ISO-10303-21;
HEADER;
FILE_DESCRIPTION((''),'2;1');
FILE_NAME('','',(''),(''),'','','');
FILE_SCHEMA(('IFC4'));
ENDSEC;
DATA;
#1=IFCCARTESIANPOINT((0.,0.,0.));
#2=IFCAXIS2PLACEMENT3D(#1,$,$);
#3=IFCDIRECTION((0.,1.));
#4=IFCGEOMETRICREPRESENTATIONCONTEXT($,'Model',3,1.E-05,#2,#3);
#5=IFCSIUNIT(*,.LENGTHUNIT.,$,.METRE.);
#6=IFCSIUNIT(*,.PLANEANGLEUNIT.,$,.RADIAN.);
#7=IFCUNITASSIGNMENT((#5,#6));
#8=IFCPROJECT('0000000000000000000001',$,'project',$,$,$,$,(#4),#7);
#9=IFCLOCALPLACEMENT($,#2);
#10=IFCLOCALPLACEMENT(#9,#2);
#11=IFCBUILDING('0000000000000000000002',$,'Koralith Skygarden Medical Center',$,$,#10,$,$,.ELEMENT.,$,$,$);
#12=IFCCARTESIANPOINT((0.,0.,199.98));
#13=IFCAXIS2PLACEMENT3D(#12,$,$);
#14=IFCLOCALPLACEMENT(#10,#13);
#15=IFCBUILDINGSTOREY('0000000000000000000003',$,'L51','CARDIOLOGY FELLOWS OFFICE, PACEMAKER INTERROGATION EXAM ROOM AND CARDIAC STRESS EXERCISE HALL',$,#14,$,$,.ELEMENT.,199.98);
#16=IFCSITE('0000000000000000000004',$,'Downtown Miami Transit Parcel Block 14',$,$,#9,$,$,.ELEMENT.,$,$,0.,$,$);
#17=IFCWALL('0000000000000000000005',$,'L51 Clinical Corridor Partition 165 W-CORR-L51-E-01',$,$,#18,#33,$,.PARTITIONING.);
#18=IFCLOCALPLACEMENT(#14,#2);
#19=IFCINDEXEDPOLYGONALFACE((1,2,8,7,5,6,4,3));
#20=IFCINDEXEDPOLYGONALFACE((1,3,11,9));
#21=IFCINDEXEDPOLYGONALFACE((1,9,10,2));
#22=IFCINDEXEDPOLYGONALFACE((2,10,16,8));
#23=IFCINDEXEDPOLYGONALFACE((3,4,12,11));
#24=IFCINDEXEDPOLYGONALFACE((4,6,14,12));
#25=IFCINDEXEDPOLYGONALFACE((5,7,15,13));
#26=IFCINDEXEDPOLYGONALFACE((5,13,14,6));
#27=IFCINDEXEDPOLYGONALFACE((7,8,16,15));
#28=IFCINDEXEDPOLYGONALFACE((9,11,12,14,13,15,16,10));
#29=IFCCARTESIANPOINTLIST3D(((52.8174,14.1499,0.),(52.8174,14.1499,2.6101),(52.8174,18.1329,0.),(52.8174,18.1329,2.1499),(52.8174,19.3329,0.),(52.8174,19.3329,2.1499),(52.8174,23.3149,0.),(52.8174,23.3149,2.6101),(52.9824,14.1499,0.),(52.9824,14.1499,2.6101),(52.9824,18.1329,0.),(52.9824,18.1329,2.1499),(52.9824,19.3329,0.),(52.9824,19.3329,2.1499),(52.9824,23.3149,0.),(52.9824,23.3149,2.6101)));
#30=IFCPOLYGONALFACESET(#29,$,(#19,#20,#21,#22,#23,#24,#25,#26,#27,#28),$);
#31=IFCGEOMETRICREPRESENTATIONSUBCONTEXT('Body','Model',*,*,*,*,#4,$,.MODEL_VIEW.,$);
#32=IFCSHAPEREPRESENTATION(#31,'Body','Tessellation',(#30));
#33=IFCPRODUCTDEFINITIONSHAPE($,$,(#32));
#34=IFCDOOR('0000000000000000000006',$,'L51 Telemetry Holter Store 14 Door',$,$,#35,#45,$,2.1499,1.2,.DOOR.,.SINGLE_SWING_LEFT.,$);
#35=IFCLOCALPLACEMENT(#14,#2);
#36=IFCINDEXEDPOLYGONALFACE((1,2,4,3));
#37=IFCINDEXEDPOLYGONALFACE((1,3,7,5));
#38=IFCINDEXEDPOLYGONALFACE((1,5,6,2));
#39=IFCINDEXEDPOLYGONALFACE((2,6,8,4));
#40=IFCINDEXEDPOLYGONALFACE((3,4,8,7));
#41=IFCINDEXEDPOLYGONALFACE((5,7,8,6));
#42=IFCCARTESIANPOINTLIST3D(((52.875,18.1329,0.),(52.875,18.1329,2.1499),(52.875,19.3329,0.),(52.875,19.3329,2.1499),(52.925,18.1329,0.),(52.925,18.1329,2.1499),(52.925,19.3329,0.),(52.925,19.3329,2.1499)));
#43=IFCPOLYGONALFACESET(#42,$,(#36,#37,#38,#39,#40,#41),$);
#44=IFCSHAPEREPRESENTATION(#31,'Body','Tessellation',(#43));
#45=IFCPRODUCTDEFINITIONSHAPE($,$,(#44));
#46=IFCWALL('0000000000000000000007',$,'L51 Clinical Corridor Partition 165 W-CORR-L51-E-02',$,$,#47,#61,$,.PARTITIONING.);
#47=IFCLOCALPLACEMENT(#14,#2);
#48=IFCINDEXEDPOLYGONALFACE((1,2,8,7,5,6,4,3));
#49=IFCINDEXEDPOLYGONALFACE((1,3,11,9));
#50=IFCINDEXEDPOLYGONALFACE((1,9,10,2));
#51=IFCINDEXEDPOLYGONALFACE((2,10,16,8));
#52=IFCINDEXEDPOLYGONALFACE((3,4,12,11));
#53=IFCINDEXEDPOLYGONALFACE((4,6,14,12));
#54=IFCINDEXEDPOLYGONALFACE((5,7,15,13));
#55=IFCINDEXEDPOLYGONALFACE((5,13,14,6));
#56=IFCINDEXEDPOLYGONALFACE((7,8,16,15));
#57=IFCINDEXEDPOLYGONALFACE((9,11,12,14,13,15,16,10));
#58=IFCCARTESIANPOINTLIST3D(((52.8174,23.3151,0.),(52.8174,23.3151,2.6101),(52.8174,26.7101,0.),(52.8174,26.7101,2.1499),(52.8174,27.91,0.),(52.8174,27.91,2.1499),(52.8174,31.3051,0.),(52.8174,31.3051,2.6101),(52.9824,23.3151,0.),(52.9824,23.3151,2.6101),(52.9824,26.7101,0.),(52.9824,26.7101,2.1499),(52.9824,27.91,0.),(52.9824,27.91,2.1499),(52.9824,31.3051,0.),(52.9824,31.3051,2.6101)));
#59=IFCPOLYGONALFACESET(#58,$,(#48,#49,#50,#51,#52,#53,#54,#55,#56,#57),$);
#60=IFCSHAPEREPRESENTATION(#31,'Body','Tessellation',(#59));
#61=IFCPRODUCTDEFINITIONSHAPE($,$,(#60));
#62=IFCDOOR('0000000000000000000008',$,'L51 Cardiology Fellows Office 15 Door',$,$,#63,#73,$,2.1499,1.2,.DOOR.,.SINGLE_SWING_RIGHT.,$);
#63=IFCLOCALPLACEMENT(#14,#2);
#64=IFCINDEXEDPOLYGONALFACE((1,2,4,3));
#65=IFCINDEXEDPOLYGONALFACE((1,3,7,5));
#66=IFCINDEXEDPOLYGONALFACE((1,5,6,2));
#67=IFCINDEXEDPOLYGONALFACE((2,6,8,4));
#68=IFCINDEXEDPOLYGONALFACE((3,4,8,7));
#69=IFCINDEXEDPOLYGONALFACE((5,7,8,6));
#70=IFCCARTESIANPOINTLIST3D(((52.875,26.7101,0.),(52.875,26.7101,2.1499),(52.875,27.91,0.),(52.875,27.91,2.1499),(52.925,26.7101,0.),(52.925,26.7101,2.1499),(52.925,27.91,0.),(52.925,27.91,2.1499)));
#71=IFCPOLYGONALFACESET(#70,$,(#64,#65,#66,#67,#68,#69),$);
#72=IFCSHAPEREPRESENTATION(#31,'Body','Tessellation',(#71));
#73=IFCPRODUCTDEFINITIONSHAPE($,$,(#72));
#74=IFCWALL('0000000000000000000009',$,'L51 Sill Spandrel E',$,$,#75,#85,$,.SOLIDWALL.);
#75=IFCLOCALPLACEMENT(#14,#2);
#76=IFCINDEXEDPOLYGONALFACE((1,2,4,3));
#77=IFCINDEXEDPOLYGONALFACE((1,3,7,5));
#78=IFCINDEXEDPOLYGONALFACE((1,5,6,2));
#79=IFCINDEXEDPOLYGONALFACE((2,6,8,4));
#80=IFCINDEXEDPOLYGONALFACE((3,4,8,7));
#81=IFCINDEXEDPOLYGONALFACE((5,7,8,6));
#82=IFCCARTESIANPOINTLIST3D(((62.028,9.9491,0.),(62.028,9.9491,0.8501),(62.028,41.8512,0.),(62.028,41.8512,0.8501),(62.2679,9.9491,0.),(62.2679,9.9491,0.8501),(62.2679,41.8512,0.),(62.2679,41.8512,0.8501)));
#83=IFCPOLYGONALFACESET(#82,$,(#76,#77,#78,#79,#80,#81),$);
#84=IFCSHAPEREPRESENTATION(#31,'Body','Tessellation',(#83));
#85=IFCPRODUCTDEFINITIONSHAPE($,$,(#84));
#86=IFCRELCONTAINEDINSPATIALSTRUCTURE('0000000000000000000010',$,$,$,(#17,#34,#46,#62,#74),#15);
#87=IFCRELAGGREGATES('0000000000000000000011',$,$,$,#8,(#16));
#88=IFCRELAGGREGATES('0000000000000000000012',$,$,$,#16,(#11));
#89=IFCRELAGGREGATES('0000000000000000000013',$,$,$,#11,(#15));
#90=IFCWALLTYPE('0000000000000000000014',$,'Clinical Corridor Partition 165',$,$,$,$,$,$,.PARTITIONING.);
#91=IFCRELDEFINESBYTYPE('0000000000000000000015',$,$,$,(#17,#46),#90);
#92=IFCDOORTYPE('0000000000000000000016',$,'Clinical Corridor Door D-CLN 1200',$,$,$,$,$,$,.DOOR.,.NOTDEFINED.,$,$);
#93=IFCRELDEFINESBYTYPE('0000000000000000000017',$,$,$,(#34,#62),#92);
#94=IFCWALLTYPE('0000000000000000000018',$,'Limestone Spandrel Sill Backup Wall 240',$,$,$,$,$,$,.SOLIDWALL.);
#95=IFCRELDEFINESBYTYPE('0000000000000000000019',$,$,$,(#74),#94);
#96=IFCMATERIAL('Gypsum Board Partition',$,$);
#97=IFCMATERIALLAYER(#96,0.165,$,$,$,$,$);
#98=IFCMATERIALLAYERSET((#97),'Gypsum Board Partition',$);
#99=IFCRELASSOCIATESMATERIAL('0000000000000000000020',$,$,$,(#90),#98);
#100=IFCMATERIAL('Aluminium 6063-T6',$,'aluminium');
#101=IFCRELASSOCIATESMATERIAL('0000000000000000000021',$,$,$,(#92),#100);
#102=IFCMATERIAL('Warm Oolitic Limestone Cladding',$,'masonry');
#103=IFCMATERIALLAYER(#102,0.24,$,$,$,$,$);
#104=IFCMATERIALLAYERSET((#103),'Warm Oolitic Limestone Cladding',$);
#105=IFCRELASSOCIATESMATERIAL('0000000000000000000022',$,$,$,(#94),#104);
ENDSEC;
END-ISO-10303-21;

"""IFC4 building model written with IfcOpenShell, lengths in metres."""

from ifc_helpers import new_model, si_unit, direction, frame, frame_2d, origin, place, context, subcontext, project, spatial, rectangle, extrude, material, layer, layer_set, type_object, element, fill, save


model = new_model("IFC4")

# Units and contexts
model_context = context("Model", 3, precision=1e-05, world=origin(), true_north=direction((0.0, 1.0)))
body_context = subcontext(model_context, "Body", "Model", "MODEL_VIEW")
ifc_project = project(units=[si_unit("LENGTHUNIT", "METRE"), si_unit("PLANEANGLEUNIT", "RADIAN")], contexts=[model_context])

# Site, building, storey
site_placement = place(None, origin())
site = spatial("IfcSite", under=ifc_project, at=site_placement, Name="Downtown Miami Transit Parcel Block 14", CompositionType="ELEMENT", RefElevation=0.0)
building_placement = place(site_placement, origin())
building = spatial("IfcBuilding", under=site, at=building_placement, Name="Koralith Skygarden Medical Center", CompositionType="ELEMENT")
storey_placement = place(building_placement, frame((0.0, 0.0, 199.98)))
storey = spatial("IfcBuildingStorey", under=building, at=storey_placement, Name="L51", Description="CARDIOLOGY FELLOWS OFFICE, PACEMAKER INTERROGATION EXAM ROOM AND CARDIAC STRESS EXERCISE HALL", CompositionType="ELEMENT", Elevation=199.98)

# Shared definitions
ifc_material_1 = material(Name="Aluminium 6063-T6", Category="aluminium")

# Shared definitions
ifc_material_2 = material(Name="Gypsum Board Partition")
ifc_layer_1 = layer(ifc_material_2, 0.165)
ifc_layer_set_1 = layer_set([ifc_layer_1], Name="Gypsum Board Partition")
wall_type_1 = type_object("IfcWallType", Name="Clinical Corridor Partition 165", PredefinedType="PARTITIONING", material=ifc_layer_set_1)

# Walls, openings, doors
wall_1_placement = place(storey_placement, frame((52.8999, 14.1499, 0.0), z_axis=(0.0, 0.0, 1.0), x_axis=(0.0, 1.0, 0.0)))
wall_1 = element("IfcWall", 1, at=wall_1_placement, inside=storey, type_object=wall_type_1, Name="L51 Clinical Corridor Partition 165 W-CORR-L51-E-01", PredefinedType="PARTITIONING", context=body_context, shape_type="SweptSolid", body=[
    extrude(rectangle(XDim=9.165, YDim=0.165, at=frame_2d((4.5825, 0.0))), origin(), (0.0, 0.0, 1.0), 2.6101),
])
opening_1_placement = place(wall_1_placement, frame((3.9829, 0.0, 0.0)))
opening_1 = element("IfcOpeningElement", 2, at=opening_1_placement, cuts=wall_1, PredefinedType="OPENING", context=body_context, shape_type="SweptSolid", body=[
    extrude(rectangle(XDim=1.2, YDim=2.1499, at=frame_2d((0.6001, 1.075))), frame((0.0, 0.0925, 0.0), z_axis=(0.0, -1.0, 0.0), x_axis=(1.0, 0.0, 0.0)), (0.0, 0.0, 1.0), 0.1851),
])
door_type_1 = type_object("IfcDoorType", Name="Clinical Corridor Door D-CLN 1200", OperationType="NOTDEFINED", PredefinedType="DOOR", material=ifc_material_1)
door_1_placement = place(opening_1_placement, origin())
door_1 = element("IfcDoor", 3, at=door_1_placement, inside=storey, type_object=door_type_1, Name="L51 Telemetry Holter Store 14 Door", OperationType="SINGLE_SWING_LEFT", OverallHeight=2.1499, OverallWidth=1.2, PredefinedType="DOOR", context=body_context, shape_type="SweptSolid", body=[
    extrude(rectangle(XDim=1.2, YDim=2.1499, at=frame_2d((0.6001, 1.075))), frame((0.0, 0.0249, 0.0), z_axis=(0.0, -1.0, 0.0), x_axis=(1.0, 0.0, 0.0)), (0.0, 0.0, 1.0), 0.05),
])
fill(opening_1, door_1)
wall_2_placement = place(storey_placement, frame((52.8999, 23.3149, 0.0), z_axis=(0.0, 0.0, 1.0), x_axis=(0.0, 1.0, 0.0)))
wall_2 = element("IfcWall", 4, at=wall_2_placement, inside=storey, type_object=wall_type_1, Name="L51 Clinical Corridor Partition 165 W-CORR-L51-E-02", PredefinedType="PARTITIONING", context=body_context, shape_type="SweptSolid", body=[
    extrude(rectangle(XDim=7.99, YDim=0.165, at=frame_2d((3.9951, 0.0))), origin(), (0.0, 0.0, 1.0), 2.6101),
])
opening_2_placement = place(wall_2_placement, frame((3.395, 0.0, 0.0)))
opening_2 = element("IfcOpeningElement", 5, at=opening_2_placement, cuts=wall_2, PredefinedType="OPENING", context=body_context, shape_type="SweptSolid", body=[
    extrude(rectangle(XDim=1.2, YDim=2.1499, at=frame_2d((0.6001, 1.075))), frame((0.0, 0.0925, 0.0), z_axis=(0.0, -1.0, 0.0), x_axis=(1.0, 0.0, 0.0)), (0.0, 0.0, 1.0), 0.1851),
])
door_2_placement = place(opening_2_placement, origin())
door_2 = element("IfcDoor", 6, at=door_2_placement, inside=storey, type_object=door_type_1, Name="L51 Cardiology Fellows Office 15 Door", OperationType="SINGLE_SWING_RIGHT", OverallHeight=2.1499, OverallWidth=1.2, PredefinedType="DOOR", context=body_context, shape_type="SweptSolid", body=[
    extrude(rectangle(XDim=1.2, YDim=2.1499, at=frame_2d((0.6001, 1.075))), frame((0.0, 0.0249, 0.0), z_axis=(0.0, -1.0, 0.0), x_axis=(1.0, 0.0, 0.0)), (0.0, 0.0, 1.0), 0.05),
])
fill(opening_2, door_2)

# Wall
ifc_material_3 = material(Name="Warm Oolitic Limestone Cladding", Category="masonry")
ifc_layer_2 = layer(ifc_material_3, 0.24)
ifc_layer_set_2 = layer_set([ifc_layer_2], Name="Warm Oolitic Limestone Cladding")
wall_type_2 = type_object("IfcWallType", Name="Limestone Spandrel Sill Backup Wall 240", PredefinedType="SOLIDWALL", material=ifc_layer_set_2)
wall_3_placement = place(storey_placement, frame((62.1479, 9.949, 0.0), z_axis=(0.0, 0.0, 1.0), x_axis=(0.0, 1.0, 0.0)))
element("IfcWall", 7, at=wall_3_placement, inside=storey, type_object=wall_type_2, Name="L51 Sill Spandrel E", PredefinedType="SOLIDWALL", context=body_context, shape_type="SweptSolid", body=[
    extrude(rectangle(XDim=31.9021, YDim=0.24, at=frame_2d((15.9512, 0.0))), origin(), (0.0, 0.0, 1.0), 0.8501),
])

save(model, "model.ifc")
